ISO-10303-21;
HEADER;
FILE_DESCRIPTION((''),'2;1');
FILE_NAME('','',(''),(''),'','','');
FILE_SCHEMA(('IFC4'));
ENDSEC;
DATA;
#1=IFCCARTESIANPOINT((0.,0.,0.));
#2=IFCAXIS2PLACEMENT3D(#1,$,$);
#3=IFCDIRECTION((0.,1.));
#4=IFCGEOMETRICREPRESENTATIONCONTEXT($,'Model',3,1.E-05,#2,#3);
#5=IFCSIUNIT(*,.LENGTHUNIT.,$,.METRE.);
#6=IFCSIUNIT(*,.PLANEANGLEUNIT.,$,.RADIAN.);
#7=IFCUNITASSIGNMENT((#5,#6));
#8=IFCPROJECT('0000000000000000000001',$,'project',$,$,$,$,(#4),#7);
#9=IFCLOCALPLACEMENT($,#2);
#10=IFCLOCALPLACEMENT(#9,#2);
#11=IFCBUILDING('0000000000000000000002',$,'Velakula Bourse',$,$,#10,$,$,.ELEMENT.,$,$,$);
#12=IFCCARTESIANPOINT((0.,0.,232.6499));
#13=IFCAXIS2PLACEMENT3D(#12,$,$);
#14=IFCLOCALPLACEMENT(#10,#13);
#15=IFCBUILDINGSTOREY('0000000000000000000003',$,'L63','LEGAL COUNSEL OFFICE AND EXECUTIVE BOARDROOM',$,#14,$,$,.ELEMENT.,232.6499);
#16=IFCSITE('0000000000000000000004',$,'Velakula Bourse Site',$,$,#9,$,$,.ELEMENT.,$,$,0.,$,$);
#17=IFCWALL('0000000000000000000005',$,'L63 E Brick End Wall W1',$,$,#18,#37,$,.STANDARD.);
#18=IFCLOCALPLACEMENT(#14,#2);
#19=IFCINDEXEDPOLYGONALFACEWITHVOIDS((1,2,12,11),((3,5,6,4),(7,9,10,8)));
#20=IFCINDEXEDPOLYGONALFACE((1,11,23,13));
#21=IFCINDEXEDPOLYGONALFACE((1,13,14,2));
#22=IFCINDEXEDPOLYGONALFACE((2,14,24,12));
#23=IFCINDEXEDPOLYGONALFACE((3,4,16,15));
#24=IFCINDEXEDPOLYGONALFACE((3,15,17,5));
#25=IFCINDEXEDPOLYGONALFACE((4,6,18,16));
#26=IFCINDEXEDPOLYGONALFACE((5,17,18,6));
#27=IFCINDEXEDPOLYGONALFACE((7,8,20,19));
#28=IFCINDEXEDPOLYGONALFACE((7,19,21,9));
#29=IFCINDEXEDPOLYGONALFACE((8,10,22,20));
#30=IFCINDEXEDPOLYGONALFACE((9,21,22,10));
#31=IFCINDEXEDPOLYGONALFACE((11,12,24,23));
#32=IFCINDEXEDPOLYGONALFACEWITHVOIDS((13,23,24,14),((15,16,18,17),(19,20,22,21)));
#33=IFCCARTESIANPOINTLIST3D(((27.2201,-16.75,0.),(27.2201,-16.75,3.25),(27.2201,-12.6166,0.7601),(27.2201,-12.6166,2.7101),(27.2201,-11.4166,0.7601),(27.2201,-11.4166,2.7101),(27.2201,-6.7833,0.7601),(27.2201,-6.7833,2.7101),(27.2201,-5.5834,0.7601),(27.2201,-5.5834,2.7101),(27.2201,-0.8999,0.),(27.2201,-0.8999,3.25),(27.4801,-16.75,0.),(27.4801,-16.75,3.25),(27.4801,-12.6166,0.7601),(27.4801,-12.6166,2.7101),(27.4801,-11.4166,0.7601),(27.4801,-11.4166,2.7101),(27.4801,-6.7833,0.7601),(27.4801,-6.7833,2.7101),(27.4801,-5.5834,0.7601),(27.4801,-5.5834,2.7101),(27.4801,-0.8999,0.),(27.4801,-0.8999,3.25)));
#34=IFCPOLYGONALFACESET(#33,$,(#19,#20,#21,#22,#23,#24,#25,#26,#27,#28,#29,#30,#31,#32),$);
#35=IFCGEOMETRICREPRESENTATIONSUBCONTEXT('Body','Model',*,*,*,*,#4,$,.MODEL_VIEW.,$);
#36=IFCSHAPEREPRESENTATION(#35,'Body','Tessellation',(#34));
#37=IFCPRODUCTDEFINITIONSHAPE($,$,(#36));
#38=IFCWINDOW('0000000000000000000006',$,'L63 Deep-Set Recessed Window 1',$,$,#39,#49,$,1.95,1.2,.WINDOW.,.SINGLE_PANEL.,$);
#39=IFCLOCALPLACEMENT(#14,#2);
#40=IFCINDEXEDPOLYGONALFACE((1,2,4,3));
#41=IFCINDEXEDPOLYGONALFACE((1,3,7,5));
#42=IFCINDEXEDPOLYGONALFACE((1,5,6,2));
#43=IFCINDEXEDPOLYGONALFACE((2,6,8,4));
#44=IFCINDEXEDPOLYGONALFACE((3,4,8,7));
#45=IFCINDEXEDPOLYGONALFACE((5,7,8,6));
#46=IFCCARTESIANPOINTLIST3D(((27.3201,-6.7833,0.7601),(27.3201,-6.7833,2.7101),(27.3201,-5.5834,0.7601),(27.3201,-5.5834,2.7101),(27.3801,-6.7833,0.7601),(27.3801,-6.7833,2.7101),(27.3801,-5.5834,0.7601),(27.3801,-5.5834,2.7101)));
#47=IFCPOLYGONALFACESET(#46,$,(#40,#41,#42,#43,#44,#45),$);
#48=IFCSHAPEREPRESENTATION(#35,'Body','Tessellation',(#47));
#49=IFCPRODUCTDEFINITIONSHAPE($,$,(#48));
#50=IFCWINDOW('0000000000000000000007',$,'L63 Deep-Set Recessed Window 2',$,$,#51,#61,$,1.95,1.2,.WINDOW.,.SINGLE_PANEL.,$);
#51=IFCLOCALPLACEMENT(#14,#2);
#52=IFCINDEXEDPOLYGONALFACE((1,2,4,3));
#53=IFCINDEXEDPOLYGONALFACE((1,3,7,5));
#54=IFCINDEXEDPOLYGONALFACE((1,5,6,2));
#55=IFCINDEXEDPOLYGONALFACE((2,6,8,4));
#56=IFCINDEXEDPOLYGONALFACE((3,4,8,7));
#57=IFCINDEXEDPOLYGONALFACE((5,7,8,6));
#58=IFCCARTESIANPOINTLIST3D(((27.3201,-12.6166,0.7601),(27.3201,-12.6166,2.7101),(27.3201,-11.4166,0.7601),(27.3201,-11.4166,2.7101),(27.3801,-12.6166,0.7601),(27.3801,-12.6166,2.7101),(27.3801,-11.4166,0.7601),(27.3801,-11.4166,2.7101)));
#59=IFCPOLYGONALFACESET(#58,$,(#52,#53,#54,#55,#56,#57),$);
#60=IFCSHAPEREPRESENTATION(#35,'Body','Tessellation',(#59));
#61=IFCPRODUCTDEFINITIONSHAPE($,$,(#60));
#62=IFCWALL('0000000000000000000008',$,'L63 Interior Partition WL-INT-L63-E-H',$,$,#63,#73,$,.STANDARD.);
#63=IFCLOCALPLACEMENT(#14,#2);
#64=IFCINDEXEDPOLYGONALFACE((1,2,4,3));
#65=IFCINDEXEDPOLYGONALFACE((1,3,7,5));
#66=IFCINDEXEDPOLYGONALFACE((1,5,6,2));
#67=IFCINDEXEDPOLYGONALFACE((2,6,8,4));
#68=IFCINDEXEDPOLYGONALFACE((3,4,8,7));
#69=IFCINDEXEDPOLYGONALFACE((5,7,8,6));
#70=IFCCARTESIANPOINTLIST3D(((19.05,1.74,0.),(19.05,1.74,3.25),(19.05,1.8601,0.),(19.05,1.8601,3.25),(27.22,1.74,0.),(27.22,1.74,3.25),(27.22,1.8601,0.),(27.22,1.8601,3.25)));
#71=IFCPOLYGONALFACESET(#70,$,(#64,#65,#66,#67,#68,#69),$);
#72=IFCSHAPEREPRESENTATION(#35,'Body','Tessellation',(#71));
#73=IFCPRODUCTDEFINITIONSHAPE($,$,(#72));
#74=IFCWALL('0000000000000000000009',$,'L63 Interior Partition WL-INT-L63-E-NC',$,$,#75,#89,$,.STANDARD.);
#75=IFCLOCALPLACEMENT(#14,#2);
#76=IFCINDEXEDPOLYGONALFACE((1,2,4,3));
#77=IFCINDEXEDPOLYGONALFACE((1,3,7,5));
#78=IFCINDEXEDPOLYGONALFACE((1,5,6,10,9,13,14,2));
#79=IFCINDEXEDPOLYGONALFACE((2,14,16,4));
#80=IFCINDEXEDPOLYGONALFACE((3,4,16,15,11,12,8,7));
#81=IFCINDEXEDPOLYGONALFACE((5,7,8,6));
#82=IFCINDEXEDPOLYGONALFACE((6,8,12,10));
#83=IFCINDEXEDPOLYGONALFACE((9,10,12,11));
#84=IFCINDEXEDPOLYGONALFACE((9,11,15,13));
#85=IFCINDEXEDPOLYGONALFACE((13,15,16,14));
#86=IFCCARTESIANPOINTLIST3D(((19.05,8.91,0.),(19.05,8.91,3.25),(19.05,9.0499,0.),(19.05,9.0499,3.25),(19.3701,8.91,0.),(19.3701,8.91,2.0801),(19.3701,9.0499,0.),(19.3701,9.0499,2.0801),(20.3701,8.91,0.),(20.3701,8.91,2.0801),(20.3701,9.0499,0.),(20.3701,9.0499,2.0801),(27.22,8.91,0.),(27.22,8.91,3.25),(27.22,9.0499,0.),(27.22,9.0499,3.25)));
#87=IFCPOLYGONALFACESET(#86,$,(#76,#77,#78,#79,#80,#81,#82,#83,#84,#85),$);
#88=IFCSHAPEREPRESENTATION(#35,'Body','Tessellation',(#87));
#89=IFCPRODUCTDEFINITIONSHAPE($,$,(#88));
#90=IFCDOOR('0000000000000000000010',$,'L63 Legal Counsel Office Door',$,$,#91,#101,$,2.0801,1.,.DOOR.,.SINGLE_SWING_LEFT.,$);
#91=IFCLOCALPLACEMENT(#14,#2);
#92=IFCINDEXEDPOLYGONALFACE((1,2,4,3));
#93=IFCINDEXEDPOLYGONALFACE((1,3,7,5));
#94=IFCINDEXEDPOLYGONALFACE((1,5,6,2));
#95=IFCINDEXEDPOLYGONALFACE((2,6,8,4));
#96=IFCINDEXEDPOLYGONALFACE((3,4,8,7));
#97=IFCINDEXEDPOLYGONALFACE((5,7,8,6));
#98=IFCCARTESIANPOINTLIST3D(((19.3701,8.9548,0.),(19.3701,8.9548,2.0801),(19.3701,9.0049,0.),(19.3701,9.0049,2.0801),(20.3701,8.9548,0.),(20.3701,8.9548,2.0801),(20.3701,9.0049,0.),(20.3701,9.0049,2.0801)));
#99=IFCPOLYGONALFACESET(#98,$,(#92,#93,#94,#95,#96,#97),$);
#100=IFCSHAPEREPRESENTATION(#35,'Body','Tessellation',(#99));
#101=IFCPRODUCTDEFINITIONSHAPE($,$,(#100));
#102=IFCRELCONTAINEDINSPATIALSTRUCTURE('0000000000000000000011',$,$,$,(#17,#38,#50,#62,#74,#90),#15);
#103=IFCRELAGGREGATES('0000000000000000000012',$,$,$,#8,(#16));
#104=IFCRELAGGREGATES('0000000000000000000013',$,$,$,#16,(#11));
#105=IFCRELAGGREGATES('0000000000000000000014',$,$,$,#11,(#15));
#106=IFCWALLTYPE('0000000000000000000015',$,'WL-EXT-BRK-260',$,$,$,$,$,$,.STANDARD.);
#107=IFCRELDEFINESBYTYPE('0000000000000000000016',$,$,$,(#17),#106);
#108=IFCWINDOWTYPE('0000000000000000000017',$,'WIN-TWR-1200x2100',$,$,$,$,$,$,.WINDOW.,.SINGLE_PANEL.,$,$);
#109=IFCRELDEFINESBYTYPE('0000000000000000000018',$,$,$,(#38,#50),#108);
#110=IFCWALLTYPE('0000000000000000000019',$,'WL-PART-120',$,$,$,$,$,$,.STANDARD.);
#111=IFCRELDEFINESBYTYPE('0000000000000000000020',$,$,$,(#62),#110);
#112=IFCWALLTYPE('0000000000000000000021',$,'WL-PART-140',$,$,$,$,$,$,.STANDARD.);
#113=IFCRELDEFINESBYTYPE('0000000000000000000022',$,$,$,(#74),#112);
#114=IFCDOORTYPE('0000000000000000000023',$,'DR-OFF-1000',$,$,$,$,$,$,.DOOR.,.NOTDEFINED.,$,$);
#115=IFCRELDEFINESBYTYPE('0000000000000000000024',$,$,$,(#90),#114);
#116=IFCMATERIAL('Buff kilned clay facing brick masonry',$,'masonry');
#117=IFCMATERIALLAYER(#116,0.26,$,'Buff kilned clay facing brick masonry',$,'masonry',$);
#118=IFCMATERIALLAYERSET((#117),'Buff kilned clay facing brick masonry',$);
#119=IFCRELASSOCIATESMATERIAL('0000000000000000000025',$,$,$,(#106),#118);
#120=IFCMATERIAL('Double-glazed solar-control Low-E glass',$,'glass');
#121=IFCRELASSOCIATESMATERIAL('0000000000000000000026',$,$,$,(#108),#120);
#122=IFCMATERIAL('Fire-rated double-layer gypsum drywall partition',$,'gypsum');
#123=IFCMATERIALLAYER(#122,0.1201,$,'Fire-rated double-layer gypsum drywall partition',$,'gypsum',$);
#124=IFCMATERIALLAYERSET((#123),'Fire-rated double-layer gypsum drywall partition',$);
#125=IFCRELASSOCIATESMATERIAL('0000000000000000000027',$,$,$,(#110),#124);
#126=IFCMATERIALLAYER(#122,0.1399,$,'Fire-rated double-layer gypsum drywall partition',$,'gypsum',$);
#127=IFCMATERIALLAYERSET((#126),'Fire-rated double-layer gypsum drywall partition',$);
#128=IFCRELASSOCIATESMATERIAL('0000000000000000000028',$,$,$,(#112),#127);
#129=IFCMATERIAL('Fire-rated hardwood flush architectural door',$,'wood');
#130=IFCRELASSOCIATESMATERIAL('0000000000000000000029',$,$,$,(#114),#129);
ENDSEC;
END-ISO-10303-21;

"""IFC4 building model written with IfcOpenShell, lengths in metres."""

from ifc_helpers import new_model, si_unit, direction, frame, frame_2d, origin, place, context, subcontext, project, spatial, rectangle, extrude, material, layer, layer_set, type_object, element, fill, save


model = new_model("IFC4")

# Units and contexts
model_context = context("Model", 3, precision=1e-05, world=origin(), true_north=direction((0.0, 1.0)))
body_context = subcontext(model_context, "Body", "Model", "MODEL_VIEW")
ifc_project = project(units=[si_unit("LENGTHUNIT", "METRE"), si_unit("PLANEANGLEUNIT", "RADIAN")], contexts=[model_context])

# Site, building, storey
site_placement = place(None, origin())
site = spatial("IfcSite", under=ifc_project, at=site_placement, Name="Velakula Bourse Site", CompositionType="ELEMENT", RefElevation=0.0)
building_placement = place(site_placement, origin())
building = spatial("IfcBuilding", under=site, at=building_placement, Name="Velakula Bourse", CompositionType="ELEMENT")
storey_placement = place(building_placement, frame((0.0, 0.0, 232.6499)))
storey = spatial("IfcBuildingStorey", under=building, at=storey_placement, Name="L63", Description="LEGAL COUNSEL OFFICE AND EXECUTIVE BOARDROOM", CompositionType="ELEMENT", Elevation=232.6499)

# Wall, openings, windows
ifc_material_1 = material(Name="Buff kilned clay facing brick masonry", Category="masonry")
ifc_layer_1 = layer(ifc_material_1, 0.26, Name="Buff kilned clay facing brick masonry", Category="masonry")
ifc_layer_set_1 = layer_set([ifc_layer_1], Name="Buff kilned clay facing brick masonry")
wall_type_1 = type_object("IfcWallType", Name="WL-EXT-BRK-260", PredefinedType="STANDARD", material=ifc_layer_set_1)
wall_1_placement = place(storey_placement, frame((27.3501, -0.8999, 0.0), z_axis=(0.0, 0.0, 1.0), x_axis=(0.0, -1.0, 0.0)))
wall_1 = element("IfcWall", 1, at=wall_1_placement, inside=storey, type_object=wall_type_1, Name="L63 E Brick End Wall W1", PredefinedType="STANDARD", context=body_context, shape_type="SweptSolid", body=[
    extrude(rectangle(XDim=15.8501, YDim=0.26, at=frame_2d((7.925, 0.0))), origin(), (0.0, 0.0, 1.0), 3.25),
])
opening_1_placement = place(wall_1_placement, frame((4.6833, 0.0, 0.76)))
opening_1 = element("IfcOpeningElement", 2, at=opening_1_placement, cuts=wall_1, PredefinedType="OPENING", context=body_context, shape_type="SweptSolid", body=[
    extrude(rectangle(XDim=1.2, YDim=1.95, at=frame_2d((0.6001, 0.9751))), frame((0.0, 0.1399, 0.0), z_axis=(0.0, -1.0, 0.0), x_axis=(1.0, 0.0, 0.0)), (0.0, 0.0, 1.0), 0.28),
])
opening_2_placement = place(wall_1_placement, frame((10.5166, 0.0, 0.76)))
opening_2 = element("IfcOpeningElement", 3, at=opening_2_placement, cuts=wall_1, PredefinedType="OPENING", context=body_context, shape_type="SweptSolid", body=[
    extrude(rectangle(XDim=1.2, YDim=1.95, at=frame_2d((0.6001, 0.9751))), frame((0.0, 0.1399, 0.0), z_axis=(0.0, -1.0, 0.0), x_axis=(1.0, 0.0, 0.0)), (0.0, 0.0, 1.0), 0.28),
])
ifc_material_2 = material(Name="Double-glazed solar-control Low-E glass", Category="glass")
window_type = type_object("IfcWindowType", Name="WIN-TWR-1200x2100", PartitioningType="SINGLE_PANEL", PredefinedType="WINDOW", material=ifc_material_2)
window_1_placement = place(opening_1_placement, origin())
window_1 = element("IfcWindow", 4, at=window_1_placement, inside=storey, type_object=window_type, Name="L63 Deep-Set Recessed Window 1", OverallHeight=1.95, OverallWidth=1.2, PartitioningType="SINGLE_PANEL", PredefinedType="WINDOW", context=body_context, shape_type="SweptSolid", body=[
    extrude(rectangle(XDim=1.2, YDim=1.95, at=frame_2d((0.6001, 0.9751))), frame((0.0, 0.03, 0.0), z_axis=(0.0, -1.0, 0.0), x_axis=(1.0, 0.0, 0.0)), (0.0, 0.0, 1.0), 0.0601),
])
fill(opening_1, window_1)
window_2_placement = place(opening_2_placement, origin())
window_2 = element("IfcWindow", 5, at=window_2_placement, inside=storey, type_object=window_type, Name="L63 Deep-Set Recessed Window 2", OverallHeight=1.95, OverallWidth=1.2, PartitioningType="SINGLE_PANEL", PredefinedType="WINDOW", context=body_context, shape_type="SweptSolid", body=[
    extrude(rectangle(XDim=1.2, YDim=1.95, at=frame_2d((0.6001, 0.9751))), frame((0.0, 0.03, 0.0), z_axis=(0.0, -1.0, 0.0), x_axis=(1.0, 0.0, 0.0)), (0.0, 0.0, 1.0), 0.0601),
])
fill(opening_2, window_2)

# Wall
ifc_material_3 = material(Name="Fire-rated double-layer gypsum drywall partition", Category="gypsum")
ifc_layer_2 = layer(ifc_material_3, 0.1201, Name="Fire-rated double-layer gypsum drywall partition", Category="gypsum")
ifc_layer_set_2 = layer_set([ifc_layer_2], Name="Fire-rated double-layer gypsum drywall partition")
wall_type_2 = type_object("IfcWallType", Name="WL-PART-120", PredefinedType="STANDARD", material=ifc_layer_set_2)
wall_2_placement = place(storey_placement, frame((19.05, 1.8, 0.0), z_axis=(0.0, 0.0, 1.0), x_axis=(1.0, 0.0, 0.0)))
element("IfcWall", 6, at=wall_2_placement, inside=storey, type_object=wall_type_2, Name="L63 Interior Partition WL-INT-L63-E-H", PredefinedType="STANDARD", context=body_context, shape_type="SweptSolid", body=[
    extrude(rectangle(XDim=8.1699, YDim=0.1201, at=frame_2d((4.085, 0.0))), origin(), (0.0, 0.0, 1.0), 3.25),
])

# Wall, opening, door
ifc_layer_3 = layer(ifc_material_3, 0.1399, Name="Fire-rated double-layer gypsum drywall partition", Category="gypsum")
ifc_layer_set_3 = layer_set([ifc_layer_3], Name="Fire-rated double-layer gypsum drywall partition")
wall_type_3 = type_object("IfcWallType", Name="WL-PART-140", PredefinedType="STANDARD", material=ifc_layer_set_3)
wall_3_placement = place(storey_placement, frame((19.05, 8.98, 0.0), z_axis=(0.0, 0.0, 1.0), x_axis=(1.0, 0.0, 0.0)))
wall_3 = element("IfcWall", 7, at=wall_3_placement, inside=storey, type_object=wall_type_3, Name="L63 Interior Partition WL-INT-L63-E-NC", PredefinedType="STANDARD", context=body_context, shape_type="SweptSolid", body=[
    extrude(rectangle(XDim=8.1699, YDim=0.1399, at=frame_2d((4.085, 0.0))), origin(), (0.0, 0.0, 1.0), 3.25),
])
opening_3_placement = place(wall_3_placement, frame((0.3201, 0.0, 0.0)))
opening_3 = element("IfcOpeningElement", 8, at=opening_3_placement, cuts=wall_3, PredefinedType="OPENING", context=body_context, shape_type="SweptSolid", body=[
    extrude(rectangle(XDim=1.0, YDim=2.0801, at=frame_2d((0.5, 1.04))), frame((0.0, 0.0798, 0.0), z_axis=(0.0, -1.0, 0.0), x_axis=(1.0, 0.0, 0.0)), (0.0, 0.0, 1.0), 0.1599),
])
ifc_material_4 = material(Name="Fire-rated hardwood flush architectural door", Category="wood")
door_type = type_object("IfcDoorType", Name="DR-OFF-1000", OperationType="NOTDEFINED", PredefinedType="DOOR", material=ifc_material_4)
door_placement = place(opening_3_placement, origin())
door = element("IfcDoor", 9, at=door_placement, inside=storey, type_object=door_type, Name="L63 Legal Counsel Office Door", OperationType="SINGLE_SWING_LEFT", OverallHeight=2.0801, OverallWidth=1.0, PredefinedType="DOOR", context=body_context, shape_type="SweptSolid", body=[
    extrude(rectangle(XDim=1.0, YDim=2.0801, at=frame_2d((0.5, 1.04))), frame((0.0, 0.0249, 0.0), z_axis=(0.0, -1.0, 0.0), x_axis=(1.0, 0.0, 0.0)), (0.0, 0.0, 1.0), 0.05),
])
fill(opening_3, door)

save(model, "model.ifc")
